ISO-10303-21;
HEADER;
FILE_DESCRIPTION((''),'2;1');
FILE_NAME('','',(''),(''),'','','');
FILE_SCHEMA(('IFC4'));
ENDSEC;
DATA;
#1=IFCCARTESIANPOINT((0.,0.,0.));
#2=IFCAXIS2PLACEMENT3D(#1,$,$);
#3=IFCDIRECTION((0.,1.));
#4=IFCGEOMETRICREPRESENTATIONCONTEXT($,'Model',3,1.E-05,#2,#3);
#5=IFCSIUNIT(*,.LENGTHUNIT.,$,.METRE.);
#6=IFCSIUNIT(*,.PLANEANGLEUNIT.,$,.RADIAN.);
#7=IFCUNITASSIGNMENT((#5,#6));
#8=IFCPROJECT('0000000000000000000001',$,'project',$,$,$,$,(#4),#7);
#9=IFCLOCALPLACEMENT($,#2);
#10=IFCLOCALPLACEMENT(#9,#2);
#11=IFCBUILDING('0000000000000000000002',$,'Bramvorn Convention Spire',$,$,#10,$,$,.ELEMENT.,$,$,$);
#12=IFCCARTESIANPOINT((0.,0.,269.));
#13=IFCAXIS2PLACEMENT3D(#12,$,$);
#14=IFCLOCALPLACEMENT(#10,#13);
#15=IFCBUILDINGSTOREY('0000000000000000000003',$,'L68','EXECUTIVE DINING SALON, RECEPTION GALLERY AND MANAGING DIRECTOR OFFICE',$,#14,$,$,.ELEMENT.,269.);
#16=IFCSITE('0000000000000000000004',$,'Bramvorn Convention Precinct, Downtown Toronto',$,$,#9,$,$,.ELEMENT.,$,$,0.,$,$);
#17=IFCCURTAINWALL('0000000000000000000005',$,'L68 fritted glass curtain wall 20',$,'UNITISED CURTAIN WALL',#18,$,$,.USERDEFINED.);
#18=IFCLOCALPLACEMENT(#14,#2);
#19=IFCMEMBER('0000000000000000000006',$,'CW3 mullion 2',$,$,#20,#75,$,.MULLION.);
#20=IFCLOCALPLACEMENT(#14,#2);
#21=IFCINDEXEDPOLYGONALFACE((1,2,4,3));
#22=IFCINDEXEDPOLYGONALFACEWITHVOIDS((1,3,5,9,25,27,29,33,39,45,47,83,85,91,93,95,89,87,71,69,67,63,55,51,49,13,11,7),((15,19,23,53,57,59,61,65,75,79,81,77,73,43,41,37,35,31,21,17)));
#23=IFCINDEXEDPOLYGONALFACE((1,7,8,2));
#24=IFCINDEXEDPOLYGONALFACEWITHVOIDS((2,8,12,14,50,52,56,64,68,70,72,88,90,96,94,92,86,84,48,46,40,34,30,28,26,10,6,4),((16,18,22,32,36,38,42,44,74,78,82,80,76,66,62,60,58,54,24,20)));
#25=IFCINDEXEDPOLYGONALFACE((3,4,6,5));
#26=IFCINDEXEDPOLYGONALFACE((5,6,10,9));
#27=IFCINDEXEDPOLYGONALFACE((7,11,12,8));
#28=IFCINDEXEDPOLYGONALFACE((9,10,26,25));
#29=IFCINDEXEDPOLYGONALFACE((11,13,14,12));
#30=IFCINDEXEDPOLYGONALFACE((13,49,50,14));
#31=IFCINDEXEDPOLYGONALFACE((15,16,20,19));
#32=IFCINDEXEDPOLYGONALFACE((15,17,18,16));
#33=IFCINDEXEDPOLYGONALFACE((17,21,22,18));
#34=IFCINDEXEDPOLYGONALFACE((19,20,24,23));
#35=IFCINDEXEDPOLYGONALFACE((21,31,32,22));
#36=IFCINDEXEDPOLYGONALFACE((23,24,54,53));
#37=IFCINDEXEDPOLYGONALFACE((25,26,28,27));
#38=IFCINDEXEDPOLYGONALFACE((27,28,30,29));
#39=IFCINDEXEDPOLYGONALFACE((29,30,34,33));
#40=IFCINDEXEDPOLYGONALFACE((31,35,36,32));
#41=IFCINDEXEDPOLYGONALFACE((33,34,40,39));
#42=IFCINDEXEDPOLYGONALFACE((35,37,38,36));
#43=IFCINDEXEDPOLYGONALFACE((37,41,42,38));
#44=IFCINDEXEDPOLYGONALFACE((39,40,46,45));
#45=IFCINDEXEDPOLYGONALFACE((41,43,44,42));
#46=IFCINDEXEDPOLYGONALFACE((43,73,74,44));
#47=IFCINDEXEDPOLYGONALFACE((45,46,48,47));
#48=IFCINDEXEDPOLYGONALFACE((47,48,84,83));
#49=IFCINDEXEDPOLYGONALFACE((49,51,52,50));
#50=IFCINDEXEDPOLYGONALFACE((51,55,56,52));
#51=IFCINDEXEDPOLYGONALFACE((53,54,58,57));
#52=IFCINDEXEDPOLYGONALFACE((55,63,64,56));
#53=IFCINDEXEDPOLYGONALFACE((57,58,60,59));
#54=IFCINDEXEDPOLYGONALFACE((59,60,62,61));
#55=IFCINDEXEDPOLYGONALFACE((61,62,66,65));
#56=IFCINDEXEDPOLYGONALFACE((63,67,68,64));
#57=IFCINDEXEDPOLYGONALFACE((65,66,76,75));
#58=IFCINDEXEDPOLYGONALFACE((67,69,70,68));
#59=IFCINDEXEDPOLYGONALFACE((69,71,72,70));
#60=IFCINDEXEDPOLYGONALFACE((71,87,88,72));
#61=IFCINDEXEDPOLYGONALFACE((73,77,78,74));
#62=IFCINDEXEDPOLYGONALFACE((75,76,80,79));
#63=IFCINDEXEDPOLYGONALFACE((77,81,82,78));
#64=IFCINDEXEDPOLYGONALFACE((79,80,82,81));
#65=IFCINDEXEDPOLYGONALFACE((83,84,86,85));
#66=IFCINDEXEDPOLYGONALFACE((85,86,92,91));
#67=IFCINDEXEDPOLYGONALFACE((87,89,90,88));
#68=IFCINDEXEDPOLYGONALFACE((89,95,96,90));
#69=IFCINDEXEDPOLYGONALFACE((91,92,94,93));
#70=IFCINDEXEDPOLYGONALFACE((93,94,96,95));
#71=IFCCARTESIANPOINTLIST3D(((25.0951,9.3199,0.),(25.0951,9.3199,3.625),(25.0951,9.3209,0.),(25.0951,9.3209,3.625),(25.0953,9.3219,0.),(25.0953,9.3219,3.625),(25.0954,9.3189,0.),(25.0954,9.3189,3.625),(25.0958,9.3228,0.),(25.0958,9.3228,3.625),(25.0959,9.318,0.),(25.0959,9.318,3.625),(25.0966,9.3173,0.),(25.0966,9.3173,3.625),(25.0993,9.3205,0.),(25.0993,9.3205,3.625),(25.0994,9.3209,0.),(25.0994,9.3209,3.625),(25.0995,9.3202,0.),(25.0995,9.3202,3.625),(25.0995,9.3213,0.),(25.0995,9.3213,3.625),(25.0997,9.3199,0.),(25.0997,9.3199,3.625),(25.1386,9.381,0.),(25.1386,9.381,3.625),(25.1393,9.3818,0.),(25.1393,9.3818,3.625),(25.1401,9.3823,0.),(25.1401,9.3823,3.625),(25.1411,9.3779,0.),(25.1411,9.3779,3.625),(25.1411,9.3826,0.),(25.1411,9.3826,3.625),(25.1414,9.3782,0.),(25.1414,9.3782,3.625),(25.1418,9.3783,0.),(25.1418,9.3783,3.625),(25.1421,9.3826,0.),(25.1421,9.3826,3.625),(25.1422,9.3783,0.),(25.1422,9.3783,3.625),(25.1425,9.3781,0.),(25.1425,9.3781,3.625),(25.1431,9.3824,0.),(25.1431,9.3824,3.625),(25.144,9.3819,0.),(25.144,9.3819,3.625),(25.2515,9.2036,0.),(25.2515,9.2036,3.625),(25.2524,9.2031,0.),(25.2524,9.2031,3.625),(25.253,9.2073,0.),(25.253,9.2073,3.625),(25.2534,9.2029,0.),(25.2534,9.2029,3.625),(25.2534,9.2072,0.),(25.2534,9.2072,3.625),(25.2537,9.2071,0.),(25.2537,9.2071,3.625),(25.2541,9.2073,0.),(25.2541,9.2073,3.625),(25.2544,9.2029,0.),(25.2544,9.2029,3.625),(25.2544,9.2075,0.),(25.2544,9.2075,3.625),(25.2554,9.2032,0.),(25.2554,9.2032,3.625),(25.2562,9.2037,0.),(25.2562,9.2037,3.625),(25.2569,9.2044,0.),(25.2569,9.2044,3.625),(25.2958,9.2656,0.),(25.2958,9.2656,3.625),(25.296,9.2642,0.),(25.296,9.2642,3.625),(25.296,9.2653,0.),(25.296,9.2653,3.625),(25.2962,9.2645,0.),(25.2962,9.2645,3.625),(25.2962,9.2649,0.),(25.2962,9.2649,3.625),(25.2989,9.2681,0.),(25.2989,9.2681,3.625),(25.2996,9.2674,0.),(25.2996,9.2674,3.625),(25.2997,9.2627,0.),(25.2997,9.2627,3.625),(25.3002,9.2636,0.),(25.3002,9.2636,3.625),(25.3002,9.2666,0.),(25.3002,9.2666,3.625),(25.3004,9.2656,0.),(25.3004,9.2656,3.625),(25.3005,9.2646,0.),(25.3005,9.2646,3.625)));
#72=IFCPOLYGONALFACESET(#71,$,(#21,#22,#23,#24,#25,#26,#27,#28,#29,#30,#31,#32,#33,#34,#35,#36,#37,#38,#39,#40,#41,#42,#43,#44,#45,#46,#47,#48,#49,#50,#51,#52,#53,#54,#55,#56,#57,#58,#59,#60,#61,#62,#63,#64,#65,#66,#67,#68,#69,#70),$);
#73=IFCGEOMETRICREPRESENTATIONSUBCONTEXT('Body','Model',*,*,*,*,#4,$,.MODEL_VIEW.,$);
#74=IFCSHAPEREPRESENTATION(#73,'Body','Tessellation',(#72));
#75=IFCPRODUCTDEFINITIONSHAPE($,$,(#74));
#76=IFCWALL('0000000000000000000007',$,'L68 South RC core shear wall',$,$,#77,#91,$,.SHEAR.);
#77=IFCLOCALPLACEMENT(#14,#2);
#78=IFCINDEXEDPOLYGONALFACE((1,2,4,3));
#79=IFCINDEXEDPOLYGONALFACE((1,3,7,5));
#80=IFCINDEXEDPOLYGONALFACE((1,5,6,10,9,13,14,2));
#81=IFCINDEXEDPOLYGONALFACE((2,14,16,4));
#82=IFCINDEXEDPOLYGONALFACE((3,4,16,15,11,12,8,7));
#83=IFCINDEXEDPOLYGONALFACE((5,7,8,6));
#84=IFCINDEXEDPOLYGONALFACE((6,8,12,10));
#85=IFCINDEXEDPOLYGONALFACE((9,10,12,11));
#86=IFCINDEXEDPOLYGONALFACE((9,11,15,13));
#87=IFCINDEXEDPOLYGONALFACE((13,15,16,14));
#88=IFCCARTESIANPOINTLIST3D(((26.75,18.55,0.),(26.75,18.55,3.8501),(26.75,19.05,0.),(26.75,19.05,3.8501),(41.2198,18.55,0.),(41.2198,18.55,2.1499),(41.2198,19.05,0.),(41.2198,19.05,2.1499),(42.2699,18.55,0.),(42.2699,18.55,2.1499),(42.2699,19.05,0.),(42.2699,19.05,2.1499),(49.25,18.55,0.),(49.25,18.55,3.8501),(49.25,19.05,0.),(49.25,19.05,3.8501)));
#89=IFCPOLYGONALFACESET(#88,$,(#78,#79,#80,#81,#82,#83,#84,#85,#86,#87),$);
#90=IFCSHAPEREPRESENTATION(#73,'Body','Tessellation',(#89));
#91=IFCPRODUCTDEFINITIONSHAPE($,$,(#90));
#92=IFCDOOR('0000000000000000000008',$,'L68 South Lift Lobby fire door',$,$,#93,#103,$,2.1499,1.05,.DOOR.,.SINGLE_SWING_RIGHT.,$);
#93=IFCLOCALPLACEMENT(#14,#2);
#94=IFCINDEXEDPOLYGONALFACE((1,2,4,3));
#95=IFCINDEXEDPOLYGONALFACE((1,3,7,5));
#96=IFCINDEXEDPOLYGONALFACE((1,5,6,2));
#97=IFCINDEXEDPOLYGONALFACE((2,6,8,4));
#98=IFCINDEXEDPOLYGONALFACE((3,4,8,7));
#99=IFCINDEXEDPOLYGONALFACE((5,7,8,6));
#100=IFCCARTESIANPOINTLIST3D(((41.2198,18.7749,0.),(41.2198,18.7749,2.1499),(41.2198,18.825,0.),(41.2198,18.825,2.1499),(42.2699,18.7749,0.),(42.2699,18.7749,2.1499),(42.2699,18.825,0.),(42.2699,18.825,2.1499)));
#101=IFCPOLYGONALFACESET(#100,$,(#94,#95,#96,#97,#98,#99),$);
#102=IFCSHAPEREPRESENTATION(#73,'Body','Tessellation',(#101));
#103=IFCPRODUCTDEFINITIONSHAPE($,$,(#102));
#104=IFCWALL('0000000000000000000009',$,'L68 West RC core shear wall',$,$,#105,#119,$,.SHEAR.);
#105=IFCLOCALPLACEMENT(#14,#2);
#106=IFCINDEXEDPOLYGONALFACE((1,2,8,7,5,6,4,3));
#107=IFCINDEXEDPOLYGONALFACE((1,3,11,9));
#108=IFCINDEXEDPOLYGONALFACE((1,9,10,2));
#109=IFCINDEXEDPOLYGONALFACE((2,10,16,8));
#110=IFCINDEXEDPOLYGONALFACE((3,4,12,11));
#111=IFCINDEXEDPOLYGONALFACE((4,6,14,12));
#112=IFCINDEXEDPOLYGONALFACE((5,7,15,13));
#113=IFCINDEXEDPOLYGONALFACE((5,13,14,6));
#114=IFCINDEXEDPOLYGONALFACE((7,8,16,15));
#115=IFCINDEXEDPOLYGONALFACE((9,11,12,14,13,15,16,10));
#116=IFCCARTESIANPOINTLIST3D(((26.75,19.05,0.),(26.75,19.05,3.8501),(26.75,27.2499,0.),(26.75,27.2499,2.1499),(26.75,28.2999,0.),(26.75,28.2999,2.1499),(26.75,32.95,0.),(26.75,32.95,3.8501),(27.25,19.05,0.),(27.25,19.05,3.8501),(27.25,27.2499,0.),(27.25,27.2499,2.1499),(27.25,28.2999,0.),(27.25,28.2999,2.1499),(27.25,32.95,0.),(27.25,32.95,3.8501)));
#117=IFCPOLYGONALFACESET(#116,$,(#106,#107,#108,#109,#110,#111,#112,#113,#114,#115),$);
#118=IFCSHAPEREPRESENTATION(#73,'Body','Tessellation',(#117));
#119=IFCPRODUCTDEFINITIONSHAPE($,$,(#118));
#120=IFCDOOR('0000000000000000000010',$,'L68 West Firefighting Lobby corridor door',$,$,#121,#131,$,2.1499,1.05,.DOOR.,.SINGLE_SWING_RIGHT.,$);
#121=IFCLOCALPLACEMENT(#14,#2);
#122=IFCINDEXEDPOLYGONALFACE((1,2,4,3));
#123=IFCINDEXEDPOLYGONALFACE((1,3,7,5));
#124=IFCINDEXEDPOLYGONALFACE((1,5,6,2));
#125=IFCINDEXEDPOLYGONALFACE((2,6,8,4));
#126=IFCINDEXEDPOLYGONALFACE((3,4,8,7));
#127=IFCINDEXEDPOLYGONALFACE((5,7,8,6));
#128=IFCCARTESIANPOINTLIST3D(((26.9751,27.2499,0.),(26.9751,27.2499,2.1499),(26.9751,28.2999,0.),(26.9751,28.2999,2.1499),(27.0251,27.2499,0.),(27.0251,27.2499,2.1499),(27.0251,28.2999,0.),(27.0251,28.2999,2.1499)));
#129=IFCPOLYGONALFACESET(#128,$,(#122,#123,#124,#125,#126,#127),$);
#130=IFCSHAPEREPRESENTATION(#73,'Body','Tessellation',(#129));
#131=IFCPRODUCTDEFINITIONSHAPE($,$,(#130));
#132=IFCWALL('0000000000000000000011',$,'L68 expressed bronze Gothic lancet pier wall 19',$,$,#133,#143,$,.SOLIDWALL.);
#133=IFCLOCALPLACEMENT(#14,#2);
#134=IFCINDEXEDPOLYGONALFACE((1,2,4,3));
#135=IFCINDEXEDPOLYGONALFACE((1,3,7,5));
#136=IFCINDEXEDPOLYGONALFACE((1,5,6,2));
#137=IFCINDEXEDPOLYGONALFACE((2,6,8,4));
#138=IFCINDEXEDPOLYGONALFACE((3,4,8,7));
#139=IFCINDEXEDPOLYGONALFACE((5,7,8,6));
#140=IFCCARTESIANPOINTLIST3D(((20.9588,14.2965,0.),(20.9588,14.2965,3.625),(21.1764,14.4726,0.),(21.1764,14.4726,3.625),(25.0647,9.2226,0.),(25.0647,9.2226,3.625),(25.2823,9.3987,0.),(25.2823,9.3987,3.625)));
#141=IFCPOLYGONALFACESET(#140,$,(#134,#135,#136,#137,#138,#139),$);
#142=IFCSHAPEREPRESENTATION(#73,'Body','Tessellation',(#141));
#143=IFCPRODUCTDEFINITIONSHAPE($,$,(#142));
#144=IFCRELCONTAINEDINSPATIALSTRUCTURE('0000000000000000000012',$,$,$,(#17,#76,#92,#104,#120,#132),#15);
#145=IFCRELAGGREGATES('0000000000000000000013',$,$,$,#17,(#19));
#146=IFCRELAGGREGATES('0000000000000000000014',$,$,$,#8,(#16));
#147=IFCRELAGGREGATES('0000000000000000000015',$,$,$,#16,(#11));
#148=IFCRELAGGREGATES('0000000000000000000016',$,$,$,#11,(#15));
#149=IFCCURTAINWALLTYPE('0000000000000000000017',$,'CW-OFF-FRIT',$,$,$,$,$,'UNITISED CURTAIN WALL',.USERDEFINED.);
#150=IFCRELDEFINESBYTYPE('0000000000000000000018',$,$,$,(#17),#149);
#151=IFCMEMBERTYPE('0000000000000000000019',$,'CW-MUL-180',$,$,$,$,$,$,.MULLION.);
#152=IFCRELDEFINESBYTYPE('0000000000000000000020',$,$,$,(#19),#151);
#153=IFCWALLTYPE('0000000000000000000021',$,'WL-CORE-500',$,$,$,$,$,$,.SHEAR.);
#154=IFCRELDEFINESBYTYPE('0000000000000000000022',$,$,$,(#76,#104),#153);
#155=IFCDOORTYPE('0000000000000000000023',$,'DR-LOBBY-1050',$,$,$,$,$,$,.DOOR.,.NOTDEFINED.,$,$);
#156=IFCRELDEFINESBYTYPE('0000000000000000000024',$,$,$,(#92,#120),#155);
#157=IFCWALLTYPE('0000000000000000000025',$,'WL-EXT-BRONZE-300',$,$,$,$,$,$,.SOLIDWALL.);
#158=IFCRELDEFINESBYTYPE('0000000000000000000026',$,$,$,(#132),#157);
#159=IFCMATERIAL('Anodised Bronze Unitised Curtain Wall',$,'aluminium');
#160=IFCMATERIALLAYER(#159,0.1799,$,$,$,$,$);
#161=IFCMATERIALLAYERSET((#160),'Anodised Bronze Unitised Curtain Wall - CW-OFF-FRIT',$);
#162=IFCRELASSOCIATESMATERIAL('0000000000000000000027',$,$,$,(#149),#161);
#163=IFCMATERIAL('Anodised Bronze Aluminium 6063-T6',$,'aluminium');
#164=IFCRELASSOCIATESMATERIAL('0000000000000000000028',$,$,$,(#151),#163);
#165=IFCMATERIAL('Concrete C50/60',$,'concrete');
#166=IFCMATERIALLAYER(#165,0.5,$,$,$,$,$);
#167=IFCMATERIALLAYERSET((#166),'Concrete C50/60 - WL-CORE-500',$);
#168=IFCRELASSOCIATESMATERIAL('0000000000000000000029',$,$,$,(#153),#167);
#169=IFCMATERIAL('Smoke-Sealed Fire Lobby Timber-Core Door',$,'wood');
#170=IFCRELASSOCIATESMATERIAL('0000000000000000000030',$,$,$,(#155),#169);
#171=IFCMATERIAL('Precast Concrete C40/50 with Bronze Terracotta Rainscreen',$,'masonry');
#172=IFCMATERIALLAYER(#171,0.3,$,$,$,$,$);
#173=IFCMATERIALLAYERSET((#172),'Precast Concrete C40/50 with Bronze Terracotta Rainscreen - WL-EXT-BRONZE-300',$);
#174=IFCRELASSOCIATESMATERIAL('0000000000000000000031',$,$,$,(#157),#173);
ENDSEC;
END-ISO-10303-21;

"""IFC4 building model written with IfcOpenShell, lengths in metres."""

from ifc_helpers import new_model, si_unit, direction, frame, frame_2d, origin, origin_2d, place, context, subcontext, project, spatial, rectangle, hollow_rectangle, extrude, material, layer, layer_set, material_profile, profile_set, type_object, element, fill, aggregate, save


model = new_model("IFC4")

# Units and contexts
model_context = context("Model", 3, precision=1e-05, world=origin(), true_north=direction((0.0, 1.0)))
body_context = subcontext(model_context, "Body", "Model", "MODEL_VIEW")
ifc_project = project(units=[si_unit("LENGTHUNIT", "METRE"), si_unit("PLANEANGLEUNIT", "RADIAN")], contexts=[model_context])

# Site, building, storey
site_placement = place(None, origin())
site = spatial("IfcSite", under=ifc_project, at=site_placement, Name="Bramvorn Convention Precinct, Downtown Toronto", CompositionType="ELEMENT", RefElevation=0.0)
building_placement = place(site_placement, origin())
building = spatial("IfcBuilding", under=site, at=building_placement, Name="Bramvorn Convention Spire", CompositionType="ELEMENT")
storey_placement = place(building_placement, frame((0.0, 0.0, 269.0)))
storey = spatial("IfcBuildingStorey", under=building, at=storey_placement, Name="L68", Description="EXECUTIVE DINING SALON, RECEPTION GALLERY AND MANAGING DIRECTOR OFFICE", CompositionType="ELEMENT", Elevation=269.0)

# Curtain wall, member
ifc_material_1 = material(Name="Anodised Bronze Unitised Curtain Wall", Category="aluminium")
ifc_layer_1 = layer(ifc_material_1, 0.1799)
ifc_layer_set_1 = layer_set([ifc_layer_1], Name="Anodised Bronze Unitised Curtain Wall - CW-OFF-FRIT")
curtain_wall_type = type_object("IfcCurtainWallType", Name="CW-OFF-FRIT", ElementType="UNITISED CURTAIN WALL", PredefinedType="USERDEFINED", material=ifc_layer_set_1)
curtain_wall_placement = place(storey_placement, origin())
curtain_wall = element("IfcCurtainWall", 1, at=curtain_wall_placement, inside=storey, type_object=curtain_wall_type, Name="L68 fritted glass curtain wall 20", ObjectType="UNITISED CURTAIN WALL", PredefinedType="USERDEFINED")
ifc_material_2 = material(Name="Anodised Bronze Aluminium 6063-T6", Category="aluminium")
ifc_material_profile_1 = material_profile(ifc_material_2, hollow_rectangle(XDim=0.0801, YDim=0.2, WallThickness=0.0039, InnerFilletRadius=0.001, OuterFilletRadius=0.0039, at=origin_2d()))
ifc_profile_set_1 = profile_set([ifc_material_profile_1], Name="Anodised Bronze Aluminium 6063-T6 - CWM80X200")
member_type = type_object("IfcMemberType", Name="CW-MUL-180", PredefinedType="MULLION", material=ifc_profile_set_1)
member_placement = place(storey_placement, frame((25.1978, 9.2927, 0.0), z_axis=(0.0, 0.0, 1.0), x_axis=(-0.591904, -0.806009, 0.0)))
member = element("IfcMember", 2, at=member_placement, type_object=member_type, Name="CW3 mullion 2", PredefinedType="MULLION", context=body_context, shape_type="SweptSolid", body=[
    extrude(hollow_rectangle(XDim=0.0801, YDim=0.2, WallThickness=0.0039, InnerFilletRadius=0.001, OuterFilletRadius=0.0039, at=origin_2d()), origin(), (0.0, 0.0, 1.0), 3.625),
])
aggregate(curtain_wall, [member])

# Walls, openings, doors
ifc_material_3 = material(Name="Concrete C50/60", Category="concrete")
ifc_layer_2 = layer(ifc_material_3, 0.5)
ifc_layer_set_2 = layer_set([ifc_layer_2], Name="Concrete C50/60 - WL-CORE-500")
wall_type_1 = type_object("IfcWallType", Name="WL-CORE-500", PredefinedType="SHEAR", material=ifc_layer_set_2)
wall_1_placement = place(storey_placement, frame((26.75, 18.8, 0.0), z_axis=(0.0, 0.0, 1.0), x_axis=(1.0, 0.0, 0.0)))
wall_1 = element("IfcWall", 3, at=wall_1_placement, inside=storey, type_object=wall_type_1, Name="L68 South RC core shear wall", PredefinedType="SHEAR", context=body_context, shape_type="SweptSolid", body=[
    extrude(rectangle(XDim=22.5, YDim=0.5, at=frame_2d((11.25, 0.0))), origin(), (0.0, 0.0, 1.0), 3.8501),
])
opening_1_placement = place(wall_1_placement, frame((14.47, 0.0, 0.0)))
opening_1 = element("IfcOpeningElement", 4, at=opening_1_placement, cuts=wall_1, PredefinedType="OPENING", context=body_context, shape_type="SweptSolid", body=[
    extrude(rectangle(XDim=1.05, YDim=2.1499, at=frame_2d((0.5249, 1.075))), frame((0.0, 0.26, 0.0), z_axis=(0.0, -1.0, 0.0), x_axis=(1.0, 0.0, 0.0)), (0.0, 0.0, 1.0), 0.52),
])
ifc_material_4 = material(Name="Smoke-Sealed Fire Lobby Timber-Core Door", Category="wood")
door_type_1 = type_object("IfcDoorType", Name="DR-LOBBY-1050", OperationType="NOTDEFINED", PredefinedType="DOOR", material=ifc_material_4)
door_1_placement = place(opening_1_placement, origin())
door_1 = element("IfcDoor", 5, at=door_1_placement, inside=storey, type_object=door_type_1, Name="L68 South Lift Lobby fire door", OperationType="SINGLE_SWING_RIGHT", OverallHeight=2.1499, OverallWidth=1.05, PredefinedType="DOOR", context=body_context, shape_type="SweptSolid", body=[
    extrude(rectangle(XDim=1.05, YDim=2.1499, at=frame_2d((0.5249, 1.075))), frame((0.0, 0.0249, 0.0), z_axis=(0.0, -1.0, 0.0), x_axis=(1.0, 0.0, 0.0)), (0.0, 0.0, 1.0), 0.05),
])
fill(opening_1, door_1)
wall_2_placement = place(storey_placement, frame((27.0, 19.05, 0.0), z_axis=(0.0, 0.0, 1.0), x_axis=(0.0, 1.0, 0.0)))
wall_2 = element("IfcWall", 6, at=wall_2_placement, inside=storey, type_object=wall_type_1, Name="L68 West RC core shear wall", PredefinedType="SHEAR", context=body_context, shape_type="SweptSolid", body=[
    extrude(rectangle(XDim=13.8999, YDim=0.5, at=frame_2d((6.95, 0.0))), origin(), (0.0, 0.0, 1.0), 3.8501),
])
opening_2_placement = place(wall_2_placement, frame((8.2, 0.0, 0.0)))
opening_2 = element("IfcOpeningElement", 7, at=opening_2_placement, cuts=wall_2, PredefinedType="OPENING", context=body_context, shape_type="SweptSolid", body=[
    extrude(rectangle(XDim=1.05, YDim=2.1499, at=frame_2d((0.5249, 1.075))), frame((0.0, 0.26, 0.0), z_axis=(0.0, -1.0, 0.0), x_axis=(1.0, 0.0, 0.0)), (0.0, 0.0, 1.0), 0.52),
])
door_2_placement = place(opening_2_placement, origin())
door_2 = element("IfcDoor", 8, at=door_2_placement, inside=storey, type_object=door_type_1, Name="L68 West Firefighting Lobby corridor door", OperationType="SINGLE_SWING_RIGHT", OverallHeight=2.1499, OverallWidth=1.05, PredefinedType="DOOR", context=body_context, shape_type="SweptSolid", body=[
    extrude(rectangle(XDim=1.05, YDim=2.1499, at=frame_2d((0.5249, 1.075))), frame((0.0, 0.0249, 0.0), z_axis=(0.0, -1.0, 0.0), x_axis=(1.0, 0.0, 0.0)), (0.0, 0.0, 1.0), 0.05),
])
fill(opening_2, door_2)

# Wall
ifc_material_5 = material(Name="Precast Concrete C40/50 with Bronze Terracotta Rainscreen", Category="masonry")
ifc_layer_3 = layer(ifc_material_5, 0.3)
ifc_layer_set_3 = layer_set([ifc_layer_3], Name="Precast Concrete C40/50 with Bronze Terracotta Rainscreen - WL-EXT-BRONZE-300")
wall_type_2 = type_object("IfcWallType", Name="WL-EXT-BRONZE-300", PredefinedType="SOLIDWALL", material=ifc_layer_set_3)
wall_3_placement = place(storey_placement, frame((25.1736, 9.3105, 0.0), z_axis=(0.0, 0.0, 1.0), x_axis=(-0.629055, 0.777361, 0.0)))
element("IfcWall", 9, at=wall_3_placement, inside=storey, type_object=wall_type_2, Name="L68 expressed bronze Gothic lancet pier wall 19", PredefinedType="SOLIDWALL", context=body_context, shape_type="SweptSolid", body=[
    extrude(rectangle(XDim=6.5271, YDim=0.28, at=frame_2d((3.2637, 0.0))), origin(), (0.0, 0.0, 1.0), 3.625),
])

save(model, "model.ifc")
